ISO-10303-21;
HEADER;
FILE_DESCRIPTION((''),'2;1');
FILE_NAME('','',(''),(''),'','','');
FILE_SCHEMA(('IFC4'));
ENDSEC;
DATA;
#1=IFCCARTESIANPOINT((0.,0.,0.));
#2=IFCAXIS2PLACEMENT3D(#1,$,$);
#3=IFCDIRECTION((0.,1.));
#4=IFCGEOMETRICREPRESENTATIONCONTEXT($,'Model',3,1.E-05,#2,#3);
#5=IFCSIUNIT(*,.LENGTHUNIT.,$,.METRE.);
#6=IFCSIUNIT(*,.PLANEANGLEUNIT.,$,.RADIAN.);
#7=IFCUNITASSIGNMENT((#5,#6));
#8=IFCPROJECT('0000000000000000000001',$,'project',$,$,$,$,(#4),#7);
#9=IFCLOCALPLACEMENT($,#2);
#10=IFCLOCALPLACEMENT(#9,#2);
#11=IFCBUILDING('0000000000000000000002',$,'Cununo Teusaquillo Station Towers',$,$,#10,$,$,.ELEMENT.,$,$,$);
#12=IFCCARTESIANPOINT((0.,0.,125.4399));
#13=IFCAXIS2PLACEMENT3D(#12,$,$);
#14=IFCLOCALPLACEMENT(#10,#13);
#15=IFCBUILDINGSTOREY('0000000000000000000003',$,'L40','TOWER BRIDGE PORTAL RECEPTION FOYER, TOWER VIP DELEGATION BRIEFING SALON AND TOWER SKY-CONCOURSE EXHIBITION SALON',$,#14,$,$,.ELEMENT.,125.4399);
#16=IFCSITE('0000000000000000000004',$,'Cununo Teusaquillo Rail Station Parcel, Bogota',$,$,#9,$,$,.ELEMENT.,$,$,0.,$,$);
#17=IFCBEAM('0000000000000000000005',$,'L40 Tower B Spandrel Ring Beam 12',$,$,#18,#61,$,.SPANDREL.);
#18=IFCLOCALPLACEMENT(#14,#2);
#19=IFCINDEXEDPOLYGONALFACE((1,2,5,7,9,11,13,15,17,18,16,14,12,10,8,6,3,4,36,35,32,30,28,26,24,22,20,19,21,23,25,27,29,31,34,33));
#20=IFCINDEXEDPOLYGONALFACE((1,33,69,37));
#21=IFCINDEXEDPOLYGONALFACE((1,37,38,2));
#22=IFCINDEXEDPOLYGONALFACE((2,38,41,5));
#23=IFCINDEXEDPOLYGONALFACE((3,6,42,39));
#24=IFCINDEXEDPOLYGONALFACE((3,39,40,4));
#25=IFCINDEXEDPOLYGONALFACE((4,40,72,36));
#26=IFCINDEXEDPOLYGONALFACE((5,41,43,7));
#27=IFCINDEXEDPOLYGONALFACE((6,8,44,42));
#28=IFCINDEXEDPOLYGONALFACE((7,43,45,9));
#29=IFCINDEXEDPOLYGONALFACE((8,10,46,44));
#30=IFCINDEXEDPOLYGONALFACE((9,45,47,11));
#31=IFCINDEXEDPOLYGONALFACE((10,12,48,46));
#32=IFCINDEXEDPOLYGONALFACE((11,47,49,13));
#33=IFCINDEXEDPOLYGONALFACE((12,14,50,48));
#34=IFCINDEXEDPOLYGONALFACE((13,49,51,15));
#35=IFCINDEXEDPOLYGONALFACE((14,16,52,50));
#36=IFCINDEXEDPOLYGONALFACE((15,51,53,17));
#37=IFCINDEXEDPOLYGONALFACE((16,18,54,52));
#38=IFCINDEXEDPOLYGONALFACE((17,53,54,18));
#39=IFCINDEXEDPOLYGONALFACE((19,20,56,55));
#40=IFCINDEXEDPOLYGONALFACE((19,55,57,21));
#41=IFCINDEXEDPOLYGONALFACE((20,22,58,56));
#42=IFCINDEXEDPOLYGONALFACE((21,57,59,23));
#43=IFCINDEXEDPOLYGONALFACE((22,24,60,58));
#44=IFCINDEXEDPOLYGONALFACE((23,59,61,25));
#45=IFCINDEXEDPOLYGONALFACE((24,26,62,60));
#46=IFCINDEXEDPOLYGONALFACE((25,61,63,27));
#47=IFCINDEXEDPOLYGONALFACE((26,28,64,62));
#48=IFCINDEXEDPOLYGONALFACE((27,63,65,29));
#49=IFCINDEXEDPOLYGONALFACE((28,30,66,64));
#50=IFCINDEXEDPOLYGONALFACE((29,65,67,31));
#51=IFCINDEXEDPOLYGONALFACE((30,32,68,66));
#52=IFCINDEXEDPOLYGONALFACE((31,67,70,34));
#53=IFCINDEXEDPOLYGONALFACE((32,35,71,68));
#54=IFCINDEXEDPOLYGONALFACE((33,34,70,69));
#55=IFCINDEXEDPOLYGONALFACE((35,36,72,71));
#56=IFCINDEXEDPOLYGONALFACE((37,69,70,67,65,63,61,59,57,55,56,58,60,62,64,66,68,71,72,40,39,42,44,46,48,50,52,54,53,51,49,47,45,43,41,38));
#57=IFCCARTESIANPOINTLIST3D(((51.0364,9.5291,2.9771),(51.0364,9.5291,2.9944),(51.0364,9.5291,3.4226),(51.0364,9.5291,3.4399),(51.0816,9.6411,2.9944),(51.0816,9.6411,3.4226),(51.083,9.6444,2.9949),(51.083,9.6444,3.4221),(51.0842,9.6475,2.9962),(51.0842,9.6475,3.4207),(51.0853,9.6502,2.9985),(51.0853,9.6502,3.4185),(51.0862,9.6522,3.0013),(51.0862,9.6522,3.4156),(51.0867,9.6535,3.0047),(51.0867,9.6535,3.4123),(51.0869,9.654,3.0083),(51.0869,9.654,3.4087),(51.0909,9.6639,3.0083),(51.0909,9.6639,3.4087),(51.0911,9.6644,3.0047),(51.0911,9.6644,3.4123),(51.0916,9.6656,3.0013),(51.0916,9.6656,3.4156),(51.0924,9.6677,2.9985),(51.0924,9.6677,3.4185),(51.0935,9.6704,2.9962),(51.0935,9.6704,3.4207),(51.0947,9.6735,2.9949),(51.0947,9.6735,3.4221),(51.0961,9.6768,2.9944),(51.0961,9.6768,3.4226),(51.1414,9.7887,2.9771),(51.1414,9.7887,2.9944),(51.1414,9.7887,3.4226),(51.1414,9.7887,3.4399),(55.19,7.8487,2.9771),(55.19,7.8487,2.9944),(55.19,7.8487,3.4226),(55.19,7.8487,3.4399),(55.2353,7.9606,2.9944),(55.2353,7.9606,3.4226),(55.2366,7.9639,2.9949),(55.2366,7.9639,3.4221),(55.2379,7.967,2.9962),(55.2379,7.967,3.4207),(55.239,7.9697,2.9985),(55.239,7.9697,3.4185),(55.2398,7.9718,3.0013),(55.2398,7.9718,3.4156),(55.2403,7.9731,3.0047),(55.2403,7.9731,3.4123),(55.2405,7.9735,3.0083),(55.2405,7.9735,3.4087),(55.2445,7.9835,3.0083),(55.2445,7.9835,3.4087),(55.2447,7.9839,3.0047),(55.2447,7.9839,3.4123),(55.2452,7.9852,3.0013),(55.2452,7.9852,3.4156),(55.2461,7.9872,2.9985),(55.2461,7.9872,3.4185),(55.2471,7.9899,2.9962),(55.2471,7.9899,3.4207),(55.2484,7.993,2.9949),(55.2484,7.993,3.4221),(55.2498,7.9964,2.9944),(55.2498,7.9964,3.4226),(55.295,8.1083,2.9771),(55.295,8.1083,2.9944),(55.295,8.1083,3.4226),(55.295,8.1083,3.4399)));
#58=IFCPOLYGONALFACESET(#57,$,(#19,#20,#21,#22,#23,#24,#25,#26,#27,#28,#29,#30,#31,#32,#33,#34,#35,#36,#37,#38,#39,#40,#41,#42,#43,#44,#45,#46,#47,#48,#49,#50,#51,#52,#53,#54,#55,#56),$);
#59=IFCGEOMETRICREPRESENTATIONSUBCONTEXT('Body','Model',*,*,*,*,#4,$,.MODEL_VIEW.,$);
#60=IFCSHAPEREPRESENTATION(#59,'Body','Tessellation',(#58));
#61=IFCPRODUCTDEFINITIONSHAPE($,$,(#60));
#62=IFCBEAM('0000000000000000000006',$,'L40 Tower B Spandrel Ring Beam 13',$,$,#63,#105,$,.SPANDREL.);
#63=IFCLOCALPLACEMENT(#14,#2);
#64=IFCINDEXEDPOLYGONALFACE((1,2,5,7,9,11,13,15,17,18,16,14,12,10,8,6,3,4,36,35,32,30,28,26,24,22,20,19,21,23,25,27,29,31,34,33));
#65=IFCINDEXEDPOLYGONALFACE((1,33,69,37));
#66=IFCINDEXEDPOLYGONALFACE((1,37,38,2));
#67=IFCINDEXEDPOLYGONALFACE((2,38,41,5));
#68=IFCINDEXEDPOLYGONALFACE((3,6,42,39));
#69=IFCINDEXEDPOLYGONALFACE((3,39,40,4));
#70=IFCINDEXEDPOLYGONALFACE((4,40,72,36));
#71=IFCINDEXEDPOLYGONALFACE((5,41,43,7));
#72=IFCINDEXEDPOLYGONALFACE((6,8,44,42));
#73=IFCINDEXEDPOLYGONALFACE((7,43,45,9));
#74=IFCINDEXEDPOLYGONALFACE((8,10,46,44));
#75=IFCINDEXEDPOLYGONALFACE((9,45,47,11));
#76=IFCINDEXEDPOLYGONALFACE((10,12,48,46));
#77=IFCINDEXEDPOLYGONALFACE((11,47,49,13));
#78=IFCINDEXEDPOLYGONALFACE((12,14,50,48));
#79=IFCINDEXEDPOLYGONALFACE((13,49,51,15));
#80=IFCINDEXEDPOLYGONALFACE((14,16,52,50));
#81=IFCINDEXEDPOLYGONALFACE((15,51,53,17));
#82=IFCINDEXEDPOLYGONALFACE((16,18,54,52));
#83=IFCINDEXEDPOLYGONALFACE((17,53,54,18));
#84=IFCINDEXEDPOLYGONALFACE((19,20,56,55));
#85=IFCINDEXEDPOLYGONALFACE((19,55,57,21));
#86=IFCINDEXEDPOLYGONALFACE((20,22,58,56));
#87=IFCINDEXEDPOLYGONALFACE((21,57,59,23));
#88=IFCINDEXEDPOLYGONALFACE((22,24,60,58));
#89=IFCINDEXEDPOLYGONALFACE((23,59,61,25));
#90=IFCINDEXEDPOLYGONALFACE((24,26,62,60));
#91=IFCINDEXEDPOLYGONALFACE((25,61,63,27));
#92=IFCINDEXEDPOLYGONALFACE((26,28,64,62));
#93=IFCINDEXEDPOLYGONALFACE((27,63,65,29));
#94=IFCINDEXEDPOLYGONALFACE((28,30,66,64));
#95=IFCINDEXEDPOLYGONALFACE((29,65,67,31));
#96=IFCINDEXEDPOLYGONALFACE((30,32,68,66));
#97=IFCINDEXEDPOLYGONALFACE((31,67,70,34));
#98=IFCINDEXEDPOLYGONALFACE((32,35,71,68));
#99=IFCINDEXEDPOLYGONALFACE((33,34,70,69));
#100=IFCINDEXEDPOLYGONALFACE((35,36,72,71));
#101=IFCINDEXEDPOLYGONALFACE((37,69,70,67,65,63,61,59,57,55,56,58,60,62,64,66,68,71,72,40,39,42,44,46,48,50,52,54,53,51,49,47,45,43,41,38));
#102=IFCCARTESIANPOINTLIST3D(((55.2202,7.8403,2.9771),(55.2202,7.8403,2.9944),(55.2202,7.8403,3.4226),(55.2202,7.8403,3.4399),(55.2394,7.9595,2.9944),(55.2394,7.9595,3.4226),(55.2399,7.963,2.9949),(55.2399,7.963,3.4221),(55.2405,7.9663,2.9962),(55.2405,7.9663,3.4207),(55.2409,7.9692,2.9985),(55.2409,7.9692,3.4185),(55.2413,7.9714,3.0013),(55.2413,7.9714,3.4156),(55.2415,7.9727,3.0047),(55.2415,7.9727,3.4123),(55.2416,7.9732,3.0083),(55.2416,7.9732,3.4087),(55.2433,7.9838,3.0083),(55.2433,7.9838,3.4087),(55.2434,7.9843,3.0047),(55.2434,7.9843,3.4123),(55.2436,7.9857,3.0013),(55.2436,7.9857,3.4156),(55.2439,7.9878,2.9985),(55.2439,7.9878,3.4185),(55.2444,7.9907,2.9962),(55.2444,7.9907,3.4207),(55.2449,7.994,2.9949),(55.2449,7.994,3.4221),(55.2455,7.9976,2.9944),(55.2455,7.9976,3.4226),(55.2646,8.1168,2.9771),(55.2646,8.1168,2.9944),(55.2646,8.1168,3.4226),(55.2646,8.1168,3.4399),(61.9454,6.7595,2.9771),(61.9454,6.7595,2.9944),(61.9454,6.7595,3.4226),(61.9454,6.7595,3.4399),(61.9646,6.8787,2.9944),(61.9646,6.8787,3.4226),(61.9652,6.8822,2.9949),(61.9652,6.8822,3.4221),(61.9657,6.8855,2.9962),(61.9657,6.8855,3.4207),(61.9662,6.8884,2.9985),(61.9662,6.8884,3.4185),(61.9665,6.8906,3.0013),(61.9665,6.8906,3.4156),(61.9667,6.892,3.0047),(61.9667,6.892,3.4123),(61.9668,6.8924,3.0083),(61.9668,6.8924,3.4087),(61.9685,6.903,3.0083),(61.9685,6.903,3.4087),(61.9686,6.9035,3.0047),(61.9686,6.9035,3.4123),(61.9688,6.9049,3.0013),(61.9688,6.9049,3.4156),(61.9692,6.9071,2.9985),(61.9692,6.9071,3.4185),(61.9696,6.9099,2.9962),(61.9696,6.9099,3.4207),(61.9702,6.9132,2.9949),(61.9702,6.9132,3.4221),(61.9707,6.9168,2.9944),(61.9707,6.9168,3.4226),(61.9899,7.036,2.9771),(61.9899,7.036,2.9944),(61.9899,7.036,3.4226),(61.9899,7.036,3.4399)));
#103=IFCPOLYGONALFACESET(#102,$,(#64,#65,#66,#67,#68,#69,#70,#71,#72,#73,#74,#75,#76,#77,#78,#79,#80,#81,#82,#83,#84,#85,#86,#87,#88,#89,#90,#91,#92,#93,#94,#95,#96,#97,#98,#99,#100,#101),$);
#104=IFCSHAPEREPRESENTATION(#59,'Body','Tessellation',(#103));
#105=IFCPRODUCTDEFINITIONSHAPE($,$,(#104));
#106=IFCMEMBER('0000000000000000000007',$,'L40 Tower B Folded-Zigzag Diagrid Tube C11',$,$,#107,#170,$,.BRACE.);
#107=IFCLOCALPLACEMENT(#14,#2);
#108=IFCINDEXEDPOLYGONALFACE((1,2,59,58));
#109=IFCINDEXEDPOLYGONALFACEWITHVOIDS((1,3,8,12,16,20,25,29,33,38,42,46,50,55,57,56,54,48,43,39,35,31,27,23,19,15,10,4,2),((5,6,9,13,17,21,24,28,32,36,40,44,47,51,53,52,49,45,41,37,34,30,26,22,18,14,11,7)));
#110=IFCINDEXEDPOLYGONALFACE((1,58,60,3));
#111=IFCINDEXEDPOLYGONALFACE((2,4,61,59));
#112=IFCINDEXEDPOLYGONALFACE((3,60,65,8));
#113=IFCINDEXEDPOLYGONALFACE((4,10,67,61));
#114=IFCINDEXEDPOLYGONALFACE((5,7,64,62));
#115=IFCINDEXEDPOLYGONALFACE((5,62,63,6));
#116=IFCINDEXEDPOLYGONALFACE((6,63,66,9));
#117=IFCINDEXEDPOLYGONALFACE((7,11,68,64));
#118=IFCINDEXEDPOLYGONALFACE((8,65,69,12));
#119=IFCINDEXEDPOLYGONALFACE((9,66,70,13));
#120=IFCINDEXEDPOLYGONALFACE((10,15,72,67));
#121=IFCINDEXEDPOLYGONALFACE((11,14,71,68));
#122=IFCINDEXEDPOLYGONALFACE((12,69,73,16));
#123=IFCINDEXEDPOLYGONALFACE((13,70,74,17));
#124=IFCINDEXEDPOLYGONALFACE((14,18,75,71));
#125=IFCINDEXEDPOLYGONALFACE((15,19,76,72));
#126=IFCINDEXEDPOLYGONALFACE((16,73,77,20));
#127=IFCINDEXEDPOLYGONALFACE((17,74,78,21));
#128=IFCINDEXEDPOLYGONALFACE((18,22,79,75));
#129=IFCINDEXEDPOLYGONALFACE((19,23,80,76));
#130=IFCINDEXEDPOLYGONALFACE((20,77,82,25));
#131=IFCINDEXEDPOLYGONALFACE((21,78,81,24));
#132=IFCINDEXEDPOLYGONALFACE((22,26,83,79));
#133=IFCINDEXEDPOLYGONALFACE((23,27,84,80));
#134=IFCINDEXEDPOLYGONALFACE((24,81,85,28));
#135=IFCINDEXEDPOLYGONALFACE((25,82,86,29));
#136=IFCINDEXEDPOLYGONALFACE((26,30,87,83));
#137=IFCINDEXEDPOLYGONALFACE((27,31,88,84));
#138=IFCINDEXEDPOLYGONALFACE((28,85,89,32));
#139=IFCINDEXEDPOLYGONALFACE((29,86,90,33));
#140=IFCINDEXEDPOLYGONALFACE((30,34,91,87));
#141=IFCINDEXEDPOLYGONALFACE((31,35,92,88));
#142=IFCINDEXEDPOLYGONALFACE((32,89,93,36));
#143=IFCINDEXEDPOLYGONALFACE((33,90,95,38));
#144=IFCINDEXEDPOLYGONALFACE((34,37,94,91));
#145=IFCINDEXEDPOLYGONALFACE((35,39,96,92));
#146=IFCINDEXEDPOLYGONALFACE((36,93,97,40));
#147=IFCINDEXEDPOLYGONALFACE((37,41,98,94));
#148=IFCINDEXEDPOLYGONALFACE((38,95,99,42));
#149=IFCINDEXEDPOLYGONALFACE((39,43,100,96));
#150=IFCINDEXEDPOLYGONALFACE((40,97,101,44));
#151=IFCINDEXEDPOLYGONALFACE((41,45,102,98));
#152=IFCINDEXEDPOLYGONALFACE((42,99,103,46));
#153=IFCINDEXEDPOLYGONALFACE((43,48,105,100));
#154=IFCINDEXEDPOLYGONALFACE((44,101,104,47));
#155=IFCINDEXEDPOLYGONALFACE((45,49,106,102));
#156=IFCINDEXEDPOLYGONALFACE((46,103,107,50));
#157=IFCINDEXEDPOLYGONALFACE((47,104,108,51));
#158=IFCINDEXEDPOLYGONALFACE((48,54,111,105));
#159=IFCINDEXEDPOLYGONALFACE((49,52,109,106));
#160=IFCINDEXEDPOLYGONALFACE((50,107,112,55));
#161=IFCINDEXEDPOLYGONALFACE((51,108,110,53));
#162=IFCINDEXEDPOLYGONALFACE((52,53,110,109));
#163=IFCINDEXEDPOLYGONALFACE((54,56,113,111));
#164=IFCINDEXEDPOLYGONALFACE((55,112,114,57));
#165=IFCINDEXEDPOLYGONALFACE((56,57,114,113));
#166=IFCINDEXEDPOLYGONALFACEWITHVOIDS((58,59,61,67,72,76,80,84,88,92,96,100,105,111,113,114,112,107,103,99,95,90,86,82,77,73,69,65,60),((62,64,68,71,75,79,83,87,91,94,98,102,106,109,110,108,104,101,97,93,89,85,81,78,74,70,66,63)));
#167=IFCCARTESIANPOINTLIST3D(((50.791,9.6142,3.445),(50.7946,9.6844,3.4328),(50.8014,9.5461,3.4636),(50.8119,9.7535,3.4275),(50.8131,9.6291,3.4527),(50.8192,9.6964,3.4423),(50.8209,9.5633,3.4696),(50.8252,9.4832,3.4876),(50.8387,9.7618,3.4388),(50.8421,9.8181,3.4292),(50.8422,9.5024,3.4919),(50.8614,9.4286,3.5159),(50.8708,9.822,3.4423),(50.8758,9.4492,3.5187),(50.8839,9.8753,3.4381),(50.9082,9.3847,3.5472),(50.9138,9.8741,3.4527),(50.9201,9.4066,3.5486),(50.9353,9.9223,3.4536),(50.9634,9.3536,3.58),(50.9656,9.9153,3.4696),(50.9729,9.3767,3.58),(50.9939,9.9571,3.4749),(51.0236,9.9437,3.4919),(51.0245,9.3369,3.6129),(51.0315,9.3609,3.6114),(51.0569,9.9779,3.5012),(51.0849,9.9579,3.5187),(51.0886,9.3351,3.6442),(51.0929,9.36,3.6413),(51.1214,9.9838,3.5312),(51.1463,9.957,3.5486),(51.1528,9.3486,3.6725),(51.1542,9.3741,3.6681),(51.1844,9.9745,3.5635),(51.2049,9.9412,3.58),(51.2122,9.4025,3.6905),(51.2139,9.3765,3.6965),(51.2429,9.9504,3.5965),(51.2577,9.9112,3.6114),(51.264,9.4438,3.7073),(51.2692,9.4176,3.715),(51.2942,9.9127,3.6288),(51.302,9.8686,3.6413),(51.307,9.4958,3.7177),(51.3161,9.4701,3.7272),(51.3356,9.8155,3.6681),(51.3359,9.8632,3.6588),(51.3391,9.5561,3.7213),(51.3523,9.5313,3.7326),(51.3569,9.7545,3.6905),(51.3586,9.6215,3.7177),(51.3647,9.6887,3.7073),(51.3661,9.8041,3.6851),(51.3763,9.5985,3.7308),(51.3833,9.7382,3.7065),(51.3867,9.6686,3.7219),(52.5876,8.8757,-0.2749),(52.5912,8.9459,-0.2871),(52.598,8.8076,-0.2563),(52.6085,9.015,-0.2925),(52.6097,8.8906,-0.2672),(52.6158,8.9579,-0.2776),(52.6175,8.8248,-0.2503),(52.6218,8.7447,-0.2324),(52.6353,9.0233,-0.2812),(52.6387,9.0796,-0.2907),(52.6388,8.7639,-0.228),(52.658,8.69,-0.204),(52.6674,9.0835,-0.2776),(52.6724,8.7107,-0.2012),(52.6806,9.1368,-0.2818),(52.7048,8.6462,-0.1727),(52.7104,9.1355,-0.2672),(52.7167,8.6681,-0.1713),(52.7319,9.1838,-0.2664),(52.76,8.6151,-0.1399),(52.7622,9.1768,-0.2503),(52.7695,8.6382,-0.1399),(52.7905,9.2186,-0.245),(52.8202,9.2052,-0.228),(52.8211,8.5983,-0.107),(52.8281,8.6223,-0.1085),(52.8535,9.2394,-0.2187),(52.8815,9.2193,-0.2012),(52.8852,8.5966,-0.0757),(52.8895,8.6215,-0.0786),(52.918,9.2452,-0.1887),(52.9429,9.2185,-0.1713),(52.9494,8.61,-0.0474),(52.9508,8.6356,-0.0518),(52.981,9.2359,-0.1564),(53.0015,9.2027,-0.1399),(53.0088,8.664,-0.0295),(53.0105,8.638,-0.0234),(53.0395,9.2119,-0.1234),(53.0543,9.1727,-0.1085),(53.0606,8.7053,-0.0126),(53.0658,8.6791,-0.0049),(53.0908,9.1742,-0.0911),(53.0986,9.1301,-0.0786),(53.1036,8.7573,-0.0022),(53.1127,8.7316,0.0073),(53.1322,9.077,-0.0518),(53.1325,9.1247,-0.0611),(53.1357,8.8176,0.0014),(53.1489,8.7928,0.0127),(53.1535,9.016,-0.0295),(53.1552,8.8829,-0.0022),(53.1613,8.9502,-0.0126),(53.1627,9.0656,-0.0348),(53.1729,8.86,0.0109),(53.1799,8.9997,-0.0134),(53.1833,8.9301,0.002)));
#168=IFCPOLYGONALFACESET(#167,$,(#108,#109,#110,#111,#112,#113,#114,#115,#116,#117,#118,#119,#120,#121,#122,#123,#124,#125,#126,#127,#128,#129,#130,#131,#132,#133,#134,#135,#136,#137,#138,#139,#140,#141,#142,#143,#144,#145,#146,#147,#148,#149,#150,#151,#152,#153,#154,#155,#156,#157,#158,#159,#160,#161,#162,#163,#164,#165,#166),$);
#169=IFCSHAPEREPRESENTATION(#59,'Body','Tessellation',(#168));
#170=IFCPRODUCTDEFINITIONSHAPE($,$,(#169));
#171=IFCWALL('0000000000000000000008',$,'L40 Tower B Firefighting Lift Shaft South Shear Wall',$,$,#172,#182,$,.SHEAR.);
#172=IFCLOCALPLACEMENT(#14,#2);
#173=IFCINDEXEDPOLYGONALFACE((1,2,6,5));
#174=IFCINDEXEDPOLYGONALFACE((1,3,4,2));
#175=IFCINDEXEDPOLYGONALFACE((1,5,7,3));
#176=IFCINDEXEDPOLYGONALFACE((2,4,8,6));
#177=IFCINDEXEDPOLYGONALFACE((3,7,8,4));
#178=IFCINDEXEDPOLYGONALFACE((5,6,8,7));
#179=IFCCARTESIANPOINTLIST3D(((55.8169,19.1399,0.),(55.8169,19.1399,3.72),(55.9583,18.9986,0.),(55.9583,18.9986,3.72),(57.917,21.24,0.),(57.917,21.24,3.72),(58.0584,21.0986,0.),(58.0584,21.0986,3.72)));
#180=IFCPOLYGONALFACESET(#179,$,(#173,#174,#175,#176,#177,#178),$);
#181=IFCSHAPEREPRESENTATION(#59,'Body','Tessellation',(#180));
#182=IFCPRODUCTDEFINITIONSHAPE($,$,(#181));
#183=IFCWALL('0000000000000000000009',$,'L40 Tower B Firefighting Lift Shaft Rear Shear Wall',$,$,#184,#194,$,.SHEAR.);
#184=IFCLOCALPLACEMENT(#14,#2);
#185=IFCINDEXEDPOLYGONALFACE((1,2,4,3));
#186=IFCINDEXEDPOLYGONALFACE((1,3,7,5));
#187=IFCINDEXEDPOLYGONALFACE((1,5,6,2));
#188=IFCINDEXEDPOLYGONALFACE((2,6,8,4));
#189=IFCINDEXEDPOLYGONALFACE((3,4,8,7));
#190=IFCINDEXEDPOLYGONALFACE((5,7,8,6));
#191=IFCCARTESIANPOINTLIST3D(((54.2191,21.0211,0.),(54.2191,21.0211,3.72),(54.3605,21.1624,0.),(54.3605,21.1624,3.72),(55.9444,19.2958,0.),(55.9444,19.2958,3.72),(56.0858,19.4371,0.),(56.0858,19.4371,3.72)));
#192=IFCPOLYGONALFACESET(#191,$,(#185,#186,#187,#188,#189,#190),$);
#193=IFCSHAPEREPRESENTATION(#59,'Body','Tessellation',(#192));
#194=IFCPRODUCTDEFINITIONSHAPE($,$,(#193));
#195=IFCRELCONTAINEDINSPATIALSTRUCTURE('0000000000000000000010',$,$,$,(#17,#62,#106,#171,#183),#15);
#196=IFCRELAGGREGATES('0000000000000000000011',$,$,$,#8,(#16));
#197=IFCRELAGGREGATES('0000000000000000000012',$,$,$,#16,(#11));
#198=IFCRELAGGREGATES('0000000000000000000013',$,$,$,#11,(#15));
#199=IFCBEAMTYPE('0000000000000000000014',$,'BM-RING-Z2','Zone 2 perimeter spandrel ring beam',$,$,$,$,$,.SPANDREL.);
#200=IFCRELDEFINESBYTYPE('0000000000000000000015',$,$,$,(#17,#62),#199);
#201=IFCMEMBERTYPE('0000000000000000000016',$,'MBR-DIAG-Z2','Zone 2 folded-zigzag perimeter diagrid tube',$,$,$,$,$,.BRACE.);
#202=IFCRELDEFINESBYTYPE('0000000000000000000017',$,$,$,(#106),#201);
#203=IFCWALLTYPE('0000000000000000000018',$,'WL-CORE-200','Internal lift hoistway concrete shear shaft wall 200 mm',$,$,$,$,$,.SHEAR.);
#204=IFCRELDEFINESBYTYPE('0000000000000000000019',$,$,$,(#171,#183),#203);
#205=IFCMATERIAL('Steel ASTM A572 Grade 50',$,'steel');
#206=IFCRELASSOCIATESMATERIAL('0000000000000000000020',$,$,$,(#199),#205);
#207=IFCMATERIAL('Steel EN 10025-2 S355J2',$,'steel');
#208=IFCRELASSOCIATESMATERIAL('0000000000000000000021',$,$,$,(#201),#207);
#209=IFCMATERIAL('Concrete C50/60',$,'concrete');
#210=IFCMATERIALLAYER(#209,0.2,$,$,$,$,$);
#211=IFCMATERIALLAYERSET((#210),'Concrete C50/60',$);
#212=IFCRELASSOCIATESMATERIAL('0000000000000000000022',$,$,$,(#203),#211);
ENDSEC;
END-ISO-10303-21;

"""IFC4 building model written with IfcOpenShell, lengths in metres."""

from ifc_helpers import new_model, si_unit, direction, frame, frame_2d, origin, origin_2d, place, context, subcontext, project, spatial, rectangle, hollow_circle, i_section, extrude, material, layer, layer_set, material_profile, profile_set, type_object, element, save


model = new_model("IFC4")

# Units and contexts
model_context = context("Model", 3, precision=1e-05, world=origin(), true_north=direction((0.0, 1.0)))
body_context = subcontext(model_context, "Body", "Model", "MODEL_VIEW")
ifc_project = project(units=[si_unit("LENGTHUNIT", "METRE"), si_unit("PLANEANGLEUNIT", "RADIAN")], contexts=[model_context])

# Site, building, storey
site_placement = place(None, origin())
site = spatial("IfcSite", under=ifc_project, at=site_placement, Name="Cununo Teusaquillo Rail Station Parcel, Bogota", CompositionType="ELEMENT", RefElevation=0.0)
building_placement = place(site_placement, origin())
building = spatial("IfcBuilding", under=site, at=building_placement, Name="Cununo Teusaquillo Station Towers", CompositionType="ELEMENT")
storey_placement = place(building_placement, frame((0.0, 0.0, 125.4399)))
storey = spatial("IfcBuildingStorey", under=building, at=storey_placement, Name="L40", Description="TOWER BRIDGE PORTAL RECEPTION FOYER, TOWER VIP DELEGATION BRIEFING SALON AND TOWER SKY-CONCOURSE EXHIBITION SALON", CompositionType="ELEMENT", Elevation=125.4399)

# Beams
ifc_material_1 = material(Name="Steel ASTM A572 Grade 50", Category="steel")
ifc_material_profile_1 = material_profile(ifc_material_1, i_section(OverallWidth=0.28, OverallDepth=0.4629, WebThickness=0.0107, FlangeThickness=0.0173, FilletRadius=0.0139, at=origin_2d()), Name="W18X76")
ifc_profile_set_1 = profile_set([ifc_material_profile_1], Name="Steel ASTM A572 Grade 50")
beam_type_1 = type_object("IfcBeamType", Name="BM-RING-Z2", Description="Zone 2 perimeter spandrel ring beam", PredefinedType="SPANDREL", material=ifc_profile_set_1)
beam_1_placement = place(storey_placement, frame((51.0889, 9.6589, 3.2085), z_axis=(0.927008, -0.375042, 0.0), x_axis=(0.375042, 0.927008, 0.0)))
element("IfcBeam", 1, at=beam_1_placement, inside=storey, type_object=beam_type_1, Name="L40 Tower B Spandrel Ring Beam 12", PredefinedType="SPANDREL", context=body_context, shape_type="SweptSolid", body=[
    extrude(i_section(OverallWidth=0.28, OverallDepth=0.4629, WebThickness=0.0107, FlangeThickness=0.0173, FilletRadius=0.0139, at=origin_2d()), origin(), (0.0, 0.0, 1.0), 4.4807),
])
beam_2_placement = place(storey_placement, frame((55.2424, 7.9785, 3.2085), z_axis=(0.987331, -0.158671, 0.0), x_axis=(0.158671, 0.987331, 0.0)))
element("IfcBeam", 2, at=beam_2_placement, inside=storey, type_object=beam_type_1, Name="L40 Tower B Spandrel Ring Beam 13", PredefinedType="SPANDREL", context=body_context, shape_type="SweptSolid", body=[
    extrude(i_section(OverallWidth=0.28, OverallDepth=0.4629, WebThickness=0.0107, FlangeThickness=0.0173, FilletRadius=0.0139, at=origin_2d()), origin(), (0.0, 0.0, 1.0), 6.8115),
])

# Member
ifc_material_2 = material(Name="Steel EN 10025-2 S355J2", Category="steel")
ifc_material_profile_2 = material_profile(ifc_material_2, hollow_circle(Radius=0.3301, WallThickness=0.0249, at=origin_2d()), Name="CHS 660x25")
ifc_profile_set_2 = profile_set([ifc_material_profile_2], Name="Steel EN 10025-2 S355J2")
member_type = type_object("IfcMemberType", Name="MBR-DIAG-Z2", Description="Zone 2 folded-zigzag perimeter diagrid tube", PredefinedType="BRACE", material=ifc_profile_set_2)
member_placement = place(storey_placement, frame((52.8855, 8.9204, -0.1399), z_axis=(-0.428115, 0.175982, 0.886424), x_axis=(-0.380193, -0.924907, 0.0)))
element("IfcMember", 3, at=member_placement, inside=storey, type_object=member_type, Name="L40 Tower B Folded-Zigzag Diagrid Tube C11", PredefinedType="BRACE", context=body_context, shape_type="SweptSolid", body=[
    extrude(hollow_circle(Radius=0.3301, WallThickness=0.0249, at=origin_2d()), origin(), (0.0, 0.0, 1.0), 4.1965),
])

# Walls
ifc_material_3 = material(Name="Concrete C50/60", Category="concrete")
ifc_layer_1 = layer(ifc_material_3, 0.2)
ifc_layer_set_1 = layer_set([ifc_layer_1], Name="Concrete C50/60")
wall_type_1 = type_object("IfcWallType", Name="WL-CORE-200", Description="Internal lift hoistway concrete shear shaft wall 200 mm", PredefinedType="SHEAR", material=ifc_layer_set_1)
wall_1_placement = place(storey_placement, frame((55.8877, 19.0693, 0.0), z_axis=(0.0, 0.0, 1.0), x_axis=(0.707107, 0.707107, 0.0)))
element("IfcWall", 4, at=wall_1_placement, inside=storey, type_object=wall_type_1, Name="L40 Tower B Firefighting Lift Shaft South Shear Wall", PredefinedType="SHEAR", context=body_context, shape_type="SweptSolid", body=[
    extrude(rectangle(XDim=2.97, YDim=0.2, at=frame_2d((1.4849, 0.0))), origin(), (0.0, 0.0, 1.0), 3.72),
])
wall_2_placement = place(storey_placement, frame((56.0151, 19.3665, 0.0), z_axis=(0.0, 0.0, 1.0), x_axis=(-0.707107, 0.707107, 0.0)))
element("IfcWall", 5, at=wall_2_placement, inside=storey, type_object=wall_type_1, Name="L40 Tower B Firefighting Lift Shaft Rear Shear Wall", PredefinedType="SHEAR", context=body_context, shape_type="SweptSolid", body=[
    extrude(rectangle(XDim=2.4399, YDim=0.2, at=frame_2d((1.22, 0.0))), origin(), (0.0, 0.0, 1.0), 3.72),
])

save(model, "model.ifc")
